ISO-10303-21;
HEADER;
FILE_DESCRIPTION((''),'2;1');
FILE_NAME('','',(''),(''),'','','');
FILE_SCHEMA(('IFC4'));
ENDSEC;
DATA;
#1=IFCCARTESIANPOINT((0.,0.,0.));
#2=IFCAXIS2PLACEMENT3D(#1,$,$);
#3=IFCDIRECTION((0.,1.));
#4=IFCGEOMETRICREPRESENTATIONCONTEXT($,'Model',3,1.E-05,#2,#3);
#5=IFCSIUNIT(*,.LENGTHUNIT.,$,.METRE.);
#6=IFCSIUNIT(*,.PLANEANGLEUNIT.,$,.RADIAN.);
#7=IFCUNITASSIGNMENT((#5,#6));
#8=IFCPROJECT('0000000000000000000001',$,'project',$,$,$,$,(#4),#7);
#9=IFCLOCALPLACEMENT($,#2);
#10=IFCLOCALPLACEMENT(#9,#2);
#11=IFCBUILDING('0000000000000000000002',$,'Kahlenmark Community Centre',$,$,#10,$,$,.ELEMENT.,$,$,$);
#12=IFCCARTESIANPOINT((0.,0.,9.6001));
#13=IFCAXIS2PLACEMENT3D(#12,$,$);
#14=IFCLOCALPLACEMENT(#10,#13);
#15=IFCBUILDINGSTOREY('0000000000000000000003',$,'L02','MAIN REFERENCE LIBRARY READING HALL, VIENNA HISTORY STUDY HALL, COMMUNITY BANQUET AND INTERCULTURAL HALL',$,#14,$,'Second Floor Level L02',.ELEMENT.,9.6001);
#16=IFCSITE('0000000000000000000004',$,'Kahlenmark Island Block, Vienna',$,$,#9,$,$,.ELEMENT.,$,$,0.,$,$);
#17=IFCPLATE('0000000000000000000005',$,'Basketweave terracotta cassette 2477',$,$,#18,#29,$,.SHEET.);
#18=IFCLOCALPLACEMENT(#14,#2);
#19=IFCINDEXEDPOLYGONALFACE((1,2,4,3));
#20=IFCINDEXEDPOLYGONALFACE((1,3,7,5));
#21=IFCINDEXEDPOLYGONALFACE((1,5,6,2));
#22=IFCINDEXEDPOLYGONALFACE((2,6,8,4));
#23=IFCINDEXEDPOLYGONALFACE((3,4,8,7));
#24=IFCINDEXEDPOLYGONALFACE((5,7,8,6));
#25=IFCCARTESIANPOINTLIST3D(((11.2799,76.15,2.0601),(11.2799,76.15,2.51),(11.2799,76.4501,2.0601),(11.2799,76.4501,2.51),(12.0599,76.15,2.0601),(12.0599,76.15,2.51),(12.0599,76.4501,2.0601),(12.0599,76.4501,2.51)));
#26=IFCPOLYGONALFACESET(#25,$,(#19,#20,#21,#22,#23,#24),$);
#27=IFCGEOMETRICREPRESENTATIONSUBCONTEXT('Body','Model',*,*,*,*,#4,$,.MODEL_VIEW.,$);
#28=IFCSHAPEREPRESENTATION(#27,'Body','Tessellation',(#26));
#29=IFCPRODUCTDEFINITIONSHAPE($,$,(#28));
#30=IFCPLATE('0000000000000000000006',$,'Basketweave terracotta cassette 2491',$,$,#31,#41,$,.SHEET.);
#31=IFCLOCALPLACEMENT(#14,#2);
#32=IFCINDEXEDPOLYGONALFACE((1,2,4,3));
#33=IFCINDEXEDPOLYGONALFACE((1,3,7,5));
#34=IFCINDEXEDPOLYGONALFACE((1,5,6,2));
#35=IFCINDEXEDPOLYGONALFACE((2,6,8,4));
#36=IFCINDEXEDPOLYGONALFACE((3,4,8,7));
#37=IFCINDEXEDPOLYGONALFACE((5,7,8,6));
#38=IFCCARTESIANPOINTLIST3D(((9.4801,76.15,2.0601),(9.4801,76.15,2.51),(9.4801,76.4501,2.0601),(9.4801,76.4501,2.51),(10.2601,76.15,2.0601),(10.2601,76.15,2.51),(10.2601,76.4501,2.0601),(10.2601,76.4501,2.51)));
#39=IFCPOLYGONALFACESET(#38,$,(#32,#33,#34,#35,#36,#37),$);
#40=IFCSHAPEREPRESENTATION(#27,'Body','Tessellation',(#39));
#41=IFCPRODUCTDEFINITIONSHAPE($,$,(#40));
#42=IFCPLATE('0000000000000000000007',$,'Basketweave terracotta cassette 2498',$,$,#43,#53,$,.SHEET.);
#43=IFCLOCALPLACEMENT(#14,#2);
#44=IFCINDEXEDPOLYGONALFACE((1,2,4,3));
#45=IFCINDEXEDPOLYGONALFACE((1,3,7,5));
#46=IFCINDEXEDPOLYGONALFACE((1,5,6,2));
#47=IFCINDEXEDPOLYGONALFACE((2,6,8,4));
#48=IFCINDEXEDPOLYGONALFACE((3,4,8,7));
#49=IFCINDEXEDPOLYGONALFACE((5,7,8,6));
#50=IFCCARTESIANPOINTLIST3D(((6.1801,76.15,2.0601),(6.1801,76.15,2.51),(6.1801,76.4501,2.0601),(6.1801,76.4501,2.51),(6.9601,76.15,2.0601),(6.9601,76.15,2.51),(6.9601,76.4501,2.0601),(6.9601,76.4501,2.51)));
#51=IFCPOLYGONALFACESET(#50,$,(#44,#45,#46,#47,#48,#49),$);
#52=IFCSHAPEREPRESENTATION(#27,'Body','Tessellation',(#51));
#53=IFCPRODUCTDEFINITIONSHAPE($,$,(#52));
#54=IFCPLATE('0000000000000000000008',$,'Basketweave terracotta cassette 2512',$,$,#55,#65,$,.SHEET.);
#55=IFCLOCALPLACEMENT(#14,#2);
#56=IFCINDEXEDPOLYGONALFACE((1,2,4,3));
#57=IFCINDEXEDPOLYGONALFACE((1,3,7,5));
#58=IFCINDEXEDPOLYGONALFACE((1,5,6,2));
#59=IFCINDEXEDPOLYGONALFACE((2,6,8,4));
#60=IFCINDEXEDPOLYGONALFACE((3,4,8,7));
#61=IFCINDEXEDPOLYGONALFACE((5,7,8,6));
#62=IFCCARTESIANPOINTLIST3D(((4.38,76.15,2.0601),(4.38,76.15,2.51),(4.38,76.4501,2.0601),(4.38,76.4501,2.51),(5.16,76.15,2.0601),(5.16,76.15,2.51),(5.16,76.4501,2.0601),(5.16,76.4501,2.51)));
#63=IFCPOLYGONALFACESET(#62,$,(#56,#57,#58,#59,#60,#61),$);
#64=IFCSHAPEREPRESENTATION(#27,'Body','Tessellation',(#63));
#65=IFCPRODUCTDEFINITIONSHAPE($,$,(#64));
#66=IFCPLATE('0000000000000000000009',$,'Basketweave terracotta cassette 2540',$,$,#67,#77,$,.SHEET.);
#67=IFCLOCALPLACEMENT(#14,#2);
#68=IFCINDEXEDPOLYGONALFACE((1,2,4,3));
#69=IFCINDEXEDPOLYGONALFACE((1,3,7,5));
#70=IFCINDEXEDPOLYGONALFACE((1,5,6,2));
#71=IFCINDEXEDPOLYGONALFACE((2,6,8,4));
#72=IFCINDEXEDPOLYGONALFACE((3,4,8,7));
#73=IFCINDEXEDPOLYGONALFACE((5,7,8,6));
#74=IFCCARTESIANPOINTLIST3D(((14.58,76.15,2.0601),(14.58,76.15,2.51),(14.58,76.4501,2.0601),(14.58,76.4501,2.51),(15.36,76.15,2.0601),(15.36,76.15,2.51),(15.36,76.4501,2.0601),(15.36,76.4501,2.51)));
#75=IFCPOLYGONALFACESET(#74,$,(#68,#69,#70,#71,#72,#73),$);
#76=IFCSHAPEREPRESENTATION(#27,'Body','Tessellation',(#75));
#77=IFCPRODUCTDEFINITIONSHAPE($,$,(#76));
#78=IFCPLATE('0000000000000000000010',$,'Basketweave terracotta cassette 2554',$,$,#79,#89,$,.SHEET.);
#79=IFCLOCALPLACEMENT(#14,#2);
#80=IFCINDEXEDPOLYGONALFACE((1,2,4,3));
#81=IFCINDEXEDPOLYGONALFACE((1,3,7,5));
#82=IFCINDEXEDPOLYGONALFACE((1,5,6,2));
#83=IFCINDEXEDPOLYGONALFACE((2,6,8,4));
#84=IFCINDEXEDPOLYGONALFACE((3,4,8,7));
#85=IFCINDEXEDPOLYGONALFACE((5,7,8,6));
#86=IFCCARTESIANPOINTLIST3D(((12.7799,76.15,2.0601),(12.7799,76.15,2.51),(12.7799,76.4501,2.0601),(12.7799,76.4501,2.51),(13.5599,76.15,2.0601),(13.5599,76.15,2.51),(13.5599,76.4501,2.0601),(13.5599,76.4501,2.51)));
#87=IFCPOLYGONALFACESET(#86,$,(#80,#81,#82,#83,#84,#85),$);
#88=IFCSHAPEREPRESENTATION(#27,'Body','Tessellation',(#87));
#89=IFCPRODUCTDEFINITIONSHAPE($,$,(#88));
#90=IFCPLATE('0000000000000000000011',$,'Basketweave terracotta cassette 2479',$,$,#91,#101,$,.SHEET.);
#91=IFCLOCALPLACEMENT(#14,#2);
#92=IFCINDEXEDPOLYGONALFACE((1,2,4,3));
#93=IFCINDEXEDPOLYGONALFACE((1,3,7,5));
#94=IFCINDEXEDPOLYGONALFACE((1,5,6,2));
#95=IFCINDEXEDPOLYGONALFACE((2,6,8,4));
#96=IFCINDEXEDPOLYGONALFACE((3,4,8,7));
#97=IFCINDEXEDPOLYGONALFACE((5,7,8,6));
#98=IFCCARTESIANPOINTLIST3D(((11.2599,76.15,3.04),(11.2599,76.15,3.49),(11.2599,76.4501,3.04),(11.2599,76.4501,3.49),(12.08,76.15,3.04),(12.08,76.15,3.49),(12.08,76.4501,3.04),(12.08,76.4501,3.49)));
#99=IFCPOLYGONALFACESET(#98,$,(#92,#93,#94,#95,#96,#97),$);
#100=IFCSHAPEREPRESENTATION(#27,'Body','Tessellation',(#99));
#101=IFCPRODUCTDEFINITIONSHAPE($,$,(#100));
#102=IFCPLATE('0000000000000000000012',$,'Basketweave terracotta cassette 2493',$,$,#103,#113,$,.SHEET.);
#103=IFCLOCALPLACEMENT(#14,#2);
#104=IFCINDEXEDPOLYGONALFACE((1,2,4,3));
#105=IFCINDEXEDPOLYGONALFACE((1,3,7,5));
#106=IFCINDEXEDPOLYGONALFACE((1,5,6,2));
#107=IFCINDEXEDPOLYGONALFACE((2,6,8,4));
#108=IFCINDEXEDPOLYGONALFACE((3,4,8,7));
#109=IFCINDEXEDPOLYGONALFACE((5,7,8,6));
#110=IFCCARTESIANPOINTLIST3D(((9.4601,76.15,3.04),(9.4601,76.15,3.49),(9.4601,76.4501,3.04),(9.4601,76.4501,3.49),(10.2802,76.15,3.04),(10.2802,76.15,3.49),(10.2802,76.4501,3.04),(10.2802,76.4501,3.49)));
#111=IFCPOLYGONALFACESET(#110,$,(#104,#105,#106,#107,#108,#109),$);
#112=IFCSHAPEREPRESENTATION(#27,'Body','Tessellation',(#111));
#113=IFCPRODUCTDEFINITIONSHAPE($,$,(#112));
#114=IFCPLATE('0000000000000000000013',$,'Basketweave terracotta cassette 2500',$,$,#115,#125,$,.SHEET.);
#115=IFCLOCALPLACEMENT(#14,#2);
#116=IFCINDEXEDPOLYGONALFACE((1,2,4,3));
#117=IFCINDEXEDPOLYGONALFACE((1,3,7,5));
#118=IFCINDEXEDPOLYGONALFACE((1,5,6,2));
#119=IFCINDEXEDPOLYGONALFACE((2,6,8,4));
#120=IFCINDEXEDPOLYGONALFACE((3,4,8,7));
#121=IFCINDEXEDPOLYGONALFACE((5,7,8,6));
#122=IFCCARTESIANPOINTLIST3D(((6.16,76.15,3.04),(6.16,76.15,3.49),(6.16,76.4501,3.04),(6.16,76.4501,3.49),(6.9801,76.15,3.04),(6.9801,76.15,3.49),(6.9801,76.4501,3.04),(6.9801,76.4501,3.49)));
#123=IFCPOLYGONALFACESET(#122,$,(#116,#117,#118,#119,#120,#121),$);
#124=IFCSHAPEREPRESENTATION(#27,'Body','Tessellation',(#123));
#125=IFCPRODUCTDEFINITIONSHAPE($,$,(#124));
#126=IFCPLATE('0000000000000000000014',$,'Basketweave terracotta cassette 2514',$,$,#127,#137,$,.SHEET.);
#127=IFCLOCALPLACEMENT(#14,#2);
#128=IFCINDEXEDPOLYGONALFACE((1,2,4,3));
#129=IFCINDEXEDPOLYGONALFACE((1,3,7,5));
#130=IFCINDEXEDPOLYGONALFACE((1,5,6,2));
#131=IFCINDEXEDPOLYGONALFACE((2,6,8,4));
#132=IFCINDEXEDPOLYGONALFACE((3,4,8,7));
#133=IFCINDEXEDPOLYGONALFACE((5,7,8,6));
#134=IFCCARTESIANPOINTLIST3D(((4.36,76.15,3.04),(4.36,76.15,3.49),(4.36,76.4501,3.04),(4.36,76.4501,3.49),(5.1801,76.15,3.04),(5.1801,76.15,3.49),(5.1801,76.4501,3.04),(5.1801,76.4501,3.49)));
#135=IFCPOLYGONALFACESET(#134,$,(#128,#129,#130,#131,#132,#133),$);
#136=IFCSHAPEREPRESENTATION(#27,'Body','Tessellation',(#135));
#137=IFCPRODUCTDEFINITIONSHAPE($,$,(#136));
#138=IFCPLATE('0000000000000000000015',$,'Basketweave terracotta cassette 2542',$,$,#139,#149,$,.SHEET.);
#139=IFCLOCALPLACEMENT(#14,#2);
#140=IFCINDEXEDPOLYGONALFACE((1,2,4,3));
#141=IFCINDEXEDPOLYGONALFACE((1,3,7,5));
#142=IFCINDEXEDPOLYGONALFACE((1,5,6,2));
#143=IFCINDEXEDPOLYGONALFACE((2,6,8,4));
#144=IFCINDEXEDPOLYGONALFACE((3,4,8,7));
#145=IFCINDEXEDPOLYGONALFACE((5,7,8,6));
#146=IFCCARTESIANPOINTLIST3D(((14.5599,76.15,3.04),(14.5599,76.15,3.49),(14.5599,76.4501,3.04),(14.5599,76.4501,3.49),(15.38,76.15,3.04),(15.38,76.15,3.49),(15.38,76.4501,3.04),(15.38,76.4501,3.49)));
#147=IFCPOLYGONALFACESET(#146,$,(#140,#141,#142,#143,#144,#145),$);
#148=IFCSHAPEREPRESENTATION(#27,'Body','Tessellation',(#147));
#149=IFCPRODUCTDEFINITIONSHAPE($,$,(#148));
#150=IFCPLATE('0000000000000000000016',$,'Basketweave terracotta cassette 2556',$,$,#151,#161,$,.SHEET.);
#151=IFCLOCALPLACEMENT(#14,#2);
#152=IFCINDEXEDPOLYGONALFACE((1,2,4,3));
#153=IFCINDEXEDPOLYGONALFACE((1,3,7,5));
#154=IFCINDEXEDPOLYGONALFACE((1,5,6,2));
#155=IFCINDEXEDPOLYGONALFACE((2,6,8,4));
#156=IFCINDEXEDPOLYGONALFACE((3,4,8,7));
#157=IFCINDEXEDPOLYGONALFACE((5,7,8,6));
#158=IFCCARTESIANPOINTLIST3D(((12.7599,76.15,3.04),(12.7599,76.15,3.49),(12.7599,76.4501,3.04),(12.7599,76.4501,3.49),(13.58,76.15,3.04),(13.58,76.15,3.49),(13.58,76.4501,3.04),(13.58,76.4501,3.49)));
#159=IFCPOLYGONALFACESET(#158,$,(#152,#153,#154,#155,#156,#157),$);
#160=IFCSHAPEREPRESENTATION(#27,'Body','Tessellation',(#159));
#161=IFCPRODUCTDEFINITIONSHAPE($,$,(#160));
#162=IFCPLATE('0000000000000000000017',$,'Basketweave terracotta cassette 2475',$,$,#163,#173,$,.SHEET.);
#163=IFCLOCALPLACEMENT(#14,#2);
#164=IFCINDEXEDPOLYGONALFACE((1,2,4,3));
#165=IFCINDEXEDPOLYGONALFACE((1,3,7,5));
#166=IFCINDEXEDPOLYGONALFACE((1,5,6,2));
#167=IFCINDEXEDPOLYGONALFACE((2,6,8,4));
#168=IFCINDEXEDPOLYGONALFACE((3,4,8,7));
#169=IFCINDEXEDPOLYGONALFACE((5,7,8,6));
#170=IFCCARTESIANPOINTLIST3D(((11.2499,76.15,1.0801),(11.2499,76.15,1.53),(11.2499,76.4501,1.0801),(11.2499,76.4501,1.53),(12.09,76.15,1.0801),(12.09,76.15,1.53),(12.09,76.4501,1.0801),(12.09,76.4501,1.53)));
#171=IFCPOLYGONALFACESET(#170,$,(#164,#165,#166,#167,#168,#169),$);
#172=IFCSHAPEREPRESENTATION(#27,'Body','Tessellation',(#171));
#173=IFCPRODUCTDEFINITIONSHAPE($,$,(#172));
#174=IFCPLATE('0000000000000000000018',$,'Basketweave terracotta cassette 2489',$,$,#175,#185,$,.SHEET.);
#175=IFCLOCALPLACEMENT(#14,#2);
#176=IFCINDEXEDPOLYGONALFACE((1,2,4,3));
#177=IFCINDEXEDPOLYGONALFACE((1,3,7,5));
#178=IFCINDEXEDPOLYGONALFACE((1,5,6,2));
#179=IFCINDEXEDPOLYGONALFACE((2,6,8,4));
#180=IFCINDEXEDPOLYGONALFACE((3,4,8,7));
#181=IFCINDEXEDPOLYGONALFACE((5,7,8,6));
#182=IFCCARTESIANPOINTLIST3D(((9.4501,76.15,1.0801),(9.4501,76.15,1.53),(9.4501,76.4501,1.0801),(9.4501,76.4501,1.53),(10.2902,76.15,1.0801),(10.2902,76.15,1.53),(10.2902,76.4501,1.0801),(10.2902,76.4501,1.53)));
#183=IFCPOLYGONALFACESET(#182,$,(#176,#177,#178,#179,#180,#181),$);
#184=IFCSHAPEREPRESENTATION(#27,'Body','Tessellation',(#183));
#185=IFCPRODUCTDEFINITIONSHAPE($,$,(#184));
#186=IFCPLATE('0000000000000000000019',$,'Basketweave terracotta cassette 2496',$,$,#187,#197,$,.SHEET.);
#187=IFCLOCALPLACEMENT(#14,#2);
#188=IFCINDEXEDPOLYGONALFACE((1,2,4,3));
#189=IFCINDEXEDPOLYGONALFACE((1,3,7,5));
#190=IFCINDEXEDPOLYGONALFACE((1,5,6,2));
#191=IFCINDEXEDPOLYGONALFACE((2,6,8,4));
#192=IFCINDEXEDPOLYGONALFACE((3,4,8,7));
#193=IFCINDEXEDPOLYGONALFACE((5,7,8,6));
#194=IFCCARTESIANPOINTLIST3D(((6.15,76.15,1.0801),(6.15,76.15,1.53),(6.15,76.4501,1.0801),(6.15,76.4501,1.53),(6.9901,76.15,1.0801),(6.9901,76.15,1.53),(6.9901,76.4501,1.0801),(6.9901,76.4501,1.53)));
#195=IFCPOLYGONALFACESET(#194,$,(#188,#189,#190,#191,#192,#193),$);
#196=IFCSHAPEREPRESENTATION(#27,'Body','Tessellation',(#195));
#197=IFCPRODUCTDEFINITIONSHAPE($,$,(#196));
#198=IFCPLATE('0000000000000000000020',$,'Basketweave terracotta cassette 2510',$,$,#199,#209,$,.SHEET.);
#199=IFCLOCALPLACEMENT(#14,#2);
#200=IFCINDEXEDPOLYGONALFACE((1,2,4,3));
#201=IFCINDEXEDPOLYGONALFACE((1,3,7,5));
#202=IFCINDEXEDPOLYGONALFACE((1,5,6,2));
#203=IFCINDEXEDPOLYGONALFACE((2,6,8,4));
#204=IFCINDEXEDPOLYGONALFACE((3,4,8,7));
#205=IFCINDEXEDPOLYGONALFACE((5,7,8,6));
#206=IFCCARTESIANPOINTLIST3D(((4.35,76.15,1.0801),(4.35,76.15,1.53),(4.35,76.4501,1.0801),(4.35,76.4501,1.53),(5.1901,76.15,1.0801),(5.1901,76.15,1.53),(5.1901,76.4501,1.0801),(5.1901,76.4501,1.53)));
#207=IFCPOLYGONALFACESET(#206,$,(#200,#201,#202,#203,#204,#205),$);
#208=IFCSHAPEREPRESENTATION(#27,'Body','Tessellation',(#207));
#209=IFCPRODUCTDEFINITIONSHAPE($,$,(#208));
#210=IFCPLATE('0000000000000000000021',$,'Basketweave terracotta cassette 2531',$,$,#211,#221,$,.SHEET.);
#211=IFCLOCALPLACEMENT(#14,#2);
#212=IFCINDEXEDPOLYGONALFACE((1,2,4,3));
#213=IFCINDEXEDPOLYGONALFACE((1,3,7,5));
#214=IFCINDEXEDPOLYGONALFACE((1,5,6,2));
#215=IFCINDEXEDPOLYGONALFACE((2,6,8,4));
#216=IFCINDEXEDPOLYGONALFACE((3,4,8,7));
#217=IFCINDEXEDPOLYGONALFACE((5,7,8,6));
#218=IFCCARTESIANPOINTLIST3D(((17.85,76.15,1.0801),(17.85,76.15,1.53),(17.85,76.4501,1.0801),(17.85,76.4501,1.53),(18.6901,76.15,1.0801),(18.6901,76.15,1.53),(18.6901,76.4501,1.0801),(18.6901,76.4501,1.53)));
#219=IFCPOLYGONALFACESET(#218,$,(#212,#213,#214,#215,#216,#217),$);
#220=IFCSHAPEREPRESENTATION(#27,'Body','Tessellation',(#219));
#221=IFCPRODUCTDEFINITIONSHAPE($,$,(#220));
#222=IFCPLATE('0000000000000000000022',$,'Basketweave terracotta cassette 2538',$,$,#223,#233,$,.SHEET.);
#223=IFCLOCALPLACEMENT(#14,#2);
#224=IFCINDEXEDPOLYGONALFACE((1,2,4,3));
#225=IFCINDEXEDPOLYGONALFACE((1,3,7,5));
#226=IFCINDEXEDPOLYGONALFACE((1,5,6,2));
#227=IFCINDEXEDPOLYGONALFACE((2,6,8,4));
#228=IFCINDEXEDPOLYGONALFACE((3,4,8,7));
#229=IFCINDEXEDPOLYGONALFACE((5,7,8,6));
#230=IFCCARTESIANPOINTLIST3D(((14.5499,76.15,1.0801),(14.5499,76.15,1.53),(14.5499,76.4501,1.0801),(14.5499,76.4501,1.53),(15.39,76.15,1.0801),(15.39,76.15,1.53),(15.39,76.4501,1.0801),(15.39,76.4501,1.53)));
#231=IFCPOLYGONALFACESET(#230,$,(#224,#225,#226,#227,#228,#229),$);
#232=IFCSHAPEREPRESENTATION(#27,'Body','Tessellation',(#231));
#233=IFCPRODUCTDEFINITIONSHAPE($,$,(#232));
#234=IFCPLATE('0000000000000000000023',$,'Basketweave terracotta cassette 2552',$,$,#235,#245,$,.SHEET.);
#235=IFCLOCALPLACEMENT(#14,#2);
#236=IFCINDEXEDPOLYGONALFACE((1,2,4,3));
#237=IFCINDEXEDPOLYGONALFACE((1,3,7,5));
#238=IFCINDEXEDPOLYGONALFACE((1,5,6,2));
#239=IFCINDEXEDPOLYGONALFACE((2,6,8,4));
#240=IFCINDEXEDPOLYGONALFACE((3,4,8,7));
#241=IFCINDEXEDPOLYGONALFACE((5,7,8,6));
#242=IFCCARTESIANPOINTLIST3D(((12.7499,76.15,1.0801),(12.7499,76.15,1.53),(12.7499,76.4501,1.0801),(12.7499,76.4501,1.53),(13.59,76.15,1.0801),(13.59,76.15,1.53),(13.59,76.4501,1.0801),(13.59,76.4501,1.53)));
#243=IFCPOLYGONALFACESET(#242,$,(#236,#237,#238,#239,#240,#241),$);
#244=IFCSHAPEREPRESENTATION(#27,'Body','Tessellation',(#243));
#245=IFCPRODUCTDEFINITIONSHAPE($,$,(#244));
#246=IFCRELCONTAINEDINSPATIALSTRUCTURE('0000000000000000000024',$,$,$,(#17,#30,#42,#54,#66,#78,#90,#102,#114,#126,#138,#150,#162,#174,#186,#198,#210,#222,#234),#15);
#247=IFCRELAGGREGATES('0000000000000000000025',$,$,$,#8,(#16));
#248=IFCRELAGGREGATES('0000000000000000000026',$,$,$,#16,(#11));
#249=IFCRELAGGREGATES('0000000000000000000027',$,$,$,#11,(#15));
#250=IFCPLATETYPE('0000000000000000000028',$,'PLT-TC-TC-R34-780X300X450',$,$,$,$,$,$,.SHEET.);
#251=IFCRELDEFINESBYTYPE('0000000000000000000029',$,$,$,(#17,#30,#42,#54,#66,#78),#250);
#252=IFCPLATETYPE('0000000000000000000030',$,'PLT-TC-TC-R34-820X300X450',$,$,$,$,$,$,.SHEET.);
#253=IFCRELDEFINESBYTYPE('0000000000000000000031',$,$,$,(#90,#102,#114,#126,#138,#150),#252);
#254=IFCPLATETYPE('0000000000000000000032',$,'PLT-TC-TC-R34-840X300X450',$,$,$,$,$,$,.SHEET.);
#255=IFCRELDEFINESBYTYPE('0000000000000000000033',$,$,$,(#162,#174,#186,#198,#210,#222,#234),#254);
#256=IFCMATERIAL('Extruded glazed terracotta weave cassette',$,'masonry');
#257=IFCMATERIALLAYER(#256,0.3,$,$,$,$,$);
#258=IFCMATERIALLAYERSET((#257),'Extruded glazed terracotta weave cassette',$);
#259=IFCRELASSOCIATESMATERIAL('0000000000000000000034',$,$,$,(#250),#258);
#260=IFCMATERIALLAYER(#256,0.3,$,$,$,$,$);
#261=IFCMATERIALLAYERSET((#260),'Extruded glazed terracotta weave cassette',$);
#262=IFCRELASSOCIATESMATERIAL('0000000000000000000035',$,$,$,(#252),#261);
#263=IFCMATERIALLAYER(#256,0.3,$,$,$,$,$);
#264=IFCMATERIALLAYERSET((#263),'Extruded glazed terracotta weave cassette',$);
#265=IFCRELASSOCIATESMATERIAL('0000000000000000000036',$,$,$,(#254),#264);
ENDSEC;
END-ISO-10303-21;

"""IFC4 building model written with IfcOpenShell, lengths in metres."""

from ifc_helpers import new_model, si_unit, direction, frame, origin, origin_2d, place, context, subcontext, project, spatial, rectangle, extrude, material, layer, layer_set, type_object, element, save


model = new_model("IFC4")

# Units and contexts
model_context = context("Model", 3, precision=1e-05, world=origin(), true_north=direction((0.0, 1.0)))
body_context = subcontext(model_context, "Body", "Model", "MODEL_VIEW")
ifc_project = project(units=[si_unit("LENGTHUNIT", "METRE"), si_unit("PLANEANGLEUNIT", "RADIAN")], contexts=[model_context])

# Site, building, storey
site_placement = place(None, origin())
site = spatial("IfcSite", under=ifc_project, at=site_placement, Name="Kahlenmark Island Block, Vienna", CompositionType="ELEMENT", RefElevation=0.0)
building_placement = place(site_placement, origin())
building = spatial("IfcBuilding", under=site, at=building_placement, Name="Kahlenmark Community Centre", CompositionType="ELEMENT")
storey_placement = place(building_placement, frame((0.0, 0.0, 9.6001)))
storey = spatial("IfcBuildingStorey", under=building, at=storey_placement, Name="L02", Description="MAIN REFERENCE LIBRARY READING HALL, VIENNA HISTORY STUDY HALL, COMMUNITY BANQUET AND INTERCULTURAL HALL", LongName="Second Floor Level L02", CompositionType="ELEMENT", Elevation=9.6001)

# Plates
ifc_material_1 = material(Name="Extruded glazed terracotta weave cassette", Category="masonry")
ifc_layer_1 = layer(ifc_material_1, 0.3)
ifc_layer_set_1 = layer_set([ifc_layer_1], Name="Extruded glazed terracotta weave cassette")
plate_type_1 = type_object("IfcPlateType", Name="PLT-TC-TC-R34-780X300X450", PredefinedType="SHEET", material=ifc_layer_set_1)
for number, where, z_axis, x_axis, name in (
    (1, (11.6699, 76.3, 2.0601), (0.0, 0.0, 1.0), (-1.0, 0.0, 0.0), "Basketweave terracotta cassette 2477"),
    (2, (9.8701, 76.3, 2.0601), (0.0, 0.0, 1.0), (-1.0, 0.0, 0.0), "Basketweave terracotta cassette 2491"),
    (3, (6.5701, 76.3, 2.0601), (0.0, 0.0, 1.0), (-1.0, 0.0, 0.0), "Basketweave terracotta cassette 2498"),
    (4, (4.77, 76.3, 2.0601), (0.0, 0.0, 1.0), (-1.0, 0.0, 0.0), "Basketweave terracotta cassette 2512"),
    (5, (14.97, 76.3, 2.0601), (0.0, 0.0, 1.0), (-1.0, 0.0, 0.0), "Basketweave terracotta cassette 2540"),
    (6, (13.1699, 76.3, 2.0601), (0.0, 0.0, 1.0), (-1.0, 0.0, 0.0), "Basketweave terracotta cassette 2554"),
):
    element("IfcPlate", number, at=place(storey_placement, frame(where, z_axis=z_axis, x_axis=x_axis)), inside=storey, type_object=plate_type_1, Name=name, PredefinedType="SHEET", context=body_context, shape_type="SweptSolid", body=[
        extrude(rectangle(XDim=0.78, YDim=0.3, at=origin_2d()), origin(), (0.0, 0.0, 1.0), 0.45),
    ])
ifc_layer_2 = layer(ifc_material_1, 0.3)
ifc_layer_set_2 = layer_set([ifc_layer_2], Name="Extruded glazed terracotta weave cassette")
plate_type_2 = type_object("IfcPlateType", Name="PLT-TC-TC-R34-820X300X450", PredefinedType="SHEET", material=ifc_layer_set_2)
for number, where, z_axis, x_axis, name in (
    (7, (11.6699, 76.3, 3.04), (0.0, 0.0, 1.0), (-1.0, 0.0, 0.0), "Basketweave terracotta cassette 2479"),
    (8, (9.8701, 76.3, 3.04), (0.0, 0.0, 1.0), (-1.0, 0.0, 0.0), "Basketweave terracotta cassette 2493"),
    (9, (6.5701, 76.3, 3.04), (0.0, 0.0, 1.0), (-1.0, 0.0, 0.0), "Basketweave terracotta cassette 2500"),
    (10, (4.77, 76.3, 3.04), (0.0, 0.0, 1.0), (-1.0, 0.0, 0.0), "Basketweave terracotta cassette 2514"),
    (11, (14.97, 76.3, 3.04), (0.0, 0.0, 1.0), (-1.0, 0.0, 0.0), "Basketweave terracotta cassette 2542"),
    (12, (13.1699, 76.3, 3.04), (0.0, 0.0, 1.0), (-1.0, 0.0, 0.0), "Basketweave terracotta cassette 2556"),
):
    element("IfcPlate", number, at=place(storey_placement, frame(where, z_axis=z_axis, x_axis=x_axis)), inside=storey, type_object=plate_type_2, Name=name, PredefinedType="SHEET", context=body_context, shape_type="SweptSolid", body=[
        extrude(rectangle(XDim=0.8201, YDim=0.3, at=origin_2d()), origin(), (0.0, 0.0, 1.0), 0.45),
    ])
ifc_layer_3 = layer(ifc_material_1, 0.3)
ifc_layer_set_3 = layer_set([ifc_layer_3], Name="Extruded glazed terracotta weave cassette")
plate_type_3 = type_object("IfcPlateType", Name="PLT-TC-TC-R34-840X300X450", PredefinedType="SHEET", material=ifc_layer_set_3)
for number, where, z_axis, x_axis, name in (
    (13, (11.6699, 76.3, 1.0801), (0.0, 0.0, 1.0), (-1.0, 0.0, 0.0), "Basketweave terracotta cassette 2475"),
    (14, (9.8701, 76.3, 1.0801), (0.0, 0.0, 1.0), (-1.0, 0.0, 0.0), "Basketweave terracotta cassette 2489"),
    (15, (6.5701, 76.3, 1.0801), (0.0, 0.0, 1.0), (-1.0, 0.0, 0.0), "Basketweave terracotta cassette 2496"),
    (16, (4.77, 76.3, 1.0801), (0.0, 0.0, 1.0), (-1.0, 0.0, 0.0), "Basketweave terracotta cassette 2510"),
    (17, (18.27, 76.3, 1.0801), (0.0, 0.0, 1.0), (-1.0, 0.0, 0.0), "Basketweave terracotta cassette 2531"),
    (18, (14.97, 76.3, 1.0801), (0.0, 0.0, 1.0), (-1.0, 0.0, 0.0), "Basketweave terracotta cassette 2538"),
    (19, (13.1699, 76.3, 1.0801), (0.0, 0.0, 1.0), (-1.0, 0.0, 0.0), "Basketweave terracotta cassette 2552"),
):
    element("IfcPlate", number, at=place(storey_placement, frame(where, z_axis=z_axis, x_axis=x_axis)), inside=storey, type_object=plate_type_3, Name=name, PredefinedType="SHEET", context=body_context, shape_type="SweptSolid", body=[
        extrude(rectangle(XDim=0.8401, YDim=0.3, at=origin_2d()), origin(), (0.0, 0.0, 1.0), 0.45),
    ])

save(model, "model.ifc")
